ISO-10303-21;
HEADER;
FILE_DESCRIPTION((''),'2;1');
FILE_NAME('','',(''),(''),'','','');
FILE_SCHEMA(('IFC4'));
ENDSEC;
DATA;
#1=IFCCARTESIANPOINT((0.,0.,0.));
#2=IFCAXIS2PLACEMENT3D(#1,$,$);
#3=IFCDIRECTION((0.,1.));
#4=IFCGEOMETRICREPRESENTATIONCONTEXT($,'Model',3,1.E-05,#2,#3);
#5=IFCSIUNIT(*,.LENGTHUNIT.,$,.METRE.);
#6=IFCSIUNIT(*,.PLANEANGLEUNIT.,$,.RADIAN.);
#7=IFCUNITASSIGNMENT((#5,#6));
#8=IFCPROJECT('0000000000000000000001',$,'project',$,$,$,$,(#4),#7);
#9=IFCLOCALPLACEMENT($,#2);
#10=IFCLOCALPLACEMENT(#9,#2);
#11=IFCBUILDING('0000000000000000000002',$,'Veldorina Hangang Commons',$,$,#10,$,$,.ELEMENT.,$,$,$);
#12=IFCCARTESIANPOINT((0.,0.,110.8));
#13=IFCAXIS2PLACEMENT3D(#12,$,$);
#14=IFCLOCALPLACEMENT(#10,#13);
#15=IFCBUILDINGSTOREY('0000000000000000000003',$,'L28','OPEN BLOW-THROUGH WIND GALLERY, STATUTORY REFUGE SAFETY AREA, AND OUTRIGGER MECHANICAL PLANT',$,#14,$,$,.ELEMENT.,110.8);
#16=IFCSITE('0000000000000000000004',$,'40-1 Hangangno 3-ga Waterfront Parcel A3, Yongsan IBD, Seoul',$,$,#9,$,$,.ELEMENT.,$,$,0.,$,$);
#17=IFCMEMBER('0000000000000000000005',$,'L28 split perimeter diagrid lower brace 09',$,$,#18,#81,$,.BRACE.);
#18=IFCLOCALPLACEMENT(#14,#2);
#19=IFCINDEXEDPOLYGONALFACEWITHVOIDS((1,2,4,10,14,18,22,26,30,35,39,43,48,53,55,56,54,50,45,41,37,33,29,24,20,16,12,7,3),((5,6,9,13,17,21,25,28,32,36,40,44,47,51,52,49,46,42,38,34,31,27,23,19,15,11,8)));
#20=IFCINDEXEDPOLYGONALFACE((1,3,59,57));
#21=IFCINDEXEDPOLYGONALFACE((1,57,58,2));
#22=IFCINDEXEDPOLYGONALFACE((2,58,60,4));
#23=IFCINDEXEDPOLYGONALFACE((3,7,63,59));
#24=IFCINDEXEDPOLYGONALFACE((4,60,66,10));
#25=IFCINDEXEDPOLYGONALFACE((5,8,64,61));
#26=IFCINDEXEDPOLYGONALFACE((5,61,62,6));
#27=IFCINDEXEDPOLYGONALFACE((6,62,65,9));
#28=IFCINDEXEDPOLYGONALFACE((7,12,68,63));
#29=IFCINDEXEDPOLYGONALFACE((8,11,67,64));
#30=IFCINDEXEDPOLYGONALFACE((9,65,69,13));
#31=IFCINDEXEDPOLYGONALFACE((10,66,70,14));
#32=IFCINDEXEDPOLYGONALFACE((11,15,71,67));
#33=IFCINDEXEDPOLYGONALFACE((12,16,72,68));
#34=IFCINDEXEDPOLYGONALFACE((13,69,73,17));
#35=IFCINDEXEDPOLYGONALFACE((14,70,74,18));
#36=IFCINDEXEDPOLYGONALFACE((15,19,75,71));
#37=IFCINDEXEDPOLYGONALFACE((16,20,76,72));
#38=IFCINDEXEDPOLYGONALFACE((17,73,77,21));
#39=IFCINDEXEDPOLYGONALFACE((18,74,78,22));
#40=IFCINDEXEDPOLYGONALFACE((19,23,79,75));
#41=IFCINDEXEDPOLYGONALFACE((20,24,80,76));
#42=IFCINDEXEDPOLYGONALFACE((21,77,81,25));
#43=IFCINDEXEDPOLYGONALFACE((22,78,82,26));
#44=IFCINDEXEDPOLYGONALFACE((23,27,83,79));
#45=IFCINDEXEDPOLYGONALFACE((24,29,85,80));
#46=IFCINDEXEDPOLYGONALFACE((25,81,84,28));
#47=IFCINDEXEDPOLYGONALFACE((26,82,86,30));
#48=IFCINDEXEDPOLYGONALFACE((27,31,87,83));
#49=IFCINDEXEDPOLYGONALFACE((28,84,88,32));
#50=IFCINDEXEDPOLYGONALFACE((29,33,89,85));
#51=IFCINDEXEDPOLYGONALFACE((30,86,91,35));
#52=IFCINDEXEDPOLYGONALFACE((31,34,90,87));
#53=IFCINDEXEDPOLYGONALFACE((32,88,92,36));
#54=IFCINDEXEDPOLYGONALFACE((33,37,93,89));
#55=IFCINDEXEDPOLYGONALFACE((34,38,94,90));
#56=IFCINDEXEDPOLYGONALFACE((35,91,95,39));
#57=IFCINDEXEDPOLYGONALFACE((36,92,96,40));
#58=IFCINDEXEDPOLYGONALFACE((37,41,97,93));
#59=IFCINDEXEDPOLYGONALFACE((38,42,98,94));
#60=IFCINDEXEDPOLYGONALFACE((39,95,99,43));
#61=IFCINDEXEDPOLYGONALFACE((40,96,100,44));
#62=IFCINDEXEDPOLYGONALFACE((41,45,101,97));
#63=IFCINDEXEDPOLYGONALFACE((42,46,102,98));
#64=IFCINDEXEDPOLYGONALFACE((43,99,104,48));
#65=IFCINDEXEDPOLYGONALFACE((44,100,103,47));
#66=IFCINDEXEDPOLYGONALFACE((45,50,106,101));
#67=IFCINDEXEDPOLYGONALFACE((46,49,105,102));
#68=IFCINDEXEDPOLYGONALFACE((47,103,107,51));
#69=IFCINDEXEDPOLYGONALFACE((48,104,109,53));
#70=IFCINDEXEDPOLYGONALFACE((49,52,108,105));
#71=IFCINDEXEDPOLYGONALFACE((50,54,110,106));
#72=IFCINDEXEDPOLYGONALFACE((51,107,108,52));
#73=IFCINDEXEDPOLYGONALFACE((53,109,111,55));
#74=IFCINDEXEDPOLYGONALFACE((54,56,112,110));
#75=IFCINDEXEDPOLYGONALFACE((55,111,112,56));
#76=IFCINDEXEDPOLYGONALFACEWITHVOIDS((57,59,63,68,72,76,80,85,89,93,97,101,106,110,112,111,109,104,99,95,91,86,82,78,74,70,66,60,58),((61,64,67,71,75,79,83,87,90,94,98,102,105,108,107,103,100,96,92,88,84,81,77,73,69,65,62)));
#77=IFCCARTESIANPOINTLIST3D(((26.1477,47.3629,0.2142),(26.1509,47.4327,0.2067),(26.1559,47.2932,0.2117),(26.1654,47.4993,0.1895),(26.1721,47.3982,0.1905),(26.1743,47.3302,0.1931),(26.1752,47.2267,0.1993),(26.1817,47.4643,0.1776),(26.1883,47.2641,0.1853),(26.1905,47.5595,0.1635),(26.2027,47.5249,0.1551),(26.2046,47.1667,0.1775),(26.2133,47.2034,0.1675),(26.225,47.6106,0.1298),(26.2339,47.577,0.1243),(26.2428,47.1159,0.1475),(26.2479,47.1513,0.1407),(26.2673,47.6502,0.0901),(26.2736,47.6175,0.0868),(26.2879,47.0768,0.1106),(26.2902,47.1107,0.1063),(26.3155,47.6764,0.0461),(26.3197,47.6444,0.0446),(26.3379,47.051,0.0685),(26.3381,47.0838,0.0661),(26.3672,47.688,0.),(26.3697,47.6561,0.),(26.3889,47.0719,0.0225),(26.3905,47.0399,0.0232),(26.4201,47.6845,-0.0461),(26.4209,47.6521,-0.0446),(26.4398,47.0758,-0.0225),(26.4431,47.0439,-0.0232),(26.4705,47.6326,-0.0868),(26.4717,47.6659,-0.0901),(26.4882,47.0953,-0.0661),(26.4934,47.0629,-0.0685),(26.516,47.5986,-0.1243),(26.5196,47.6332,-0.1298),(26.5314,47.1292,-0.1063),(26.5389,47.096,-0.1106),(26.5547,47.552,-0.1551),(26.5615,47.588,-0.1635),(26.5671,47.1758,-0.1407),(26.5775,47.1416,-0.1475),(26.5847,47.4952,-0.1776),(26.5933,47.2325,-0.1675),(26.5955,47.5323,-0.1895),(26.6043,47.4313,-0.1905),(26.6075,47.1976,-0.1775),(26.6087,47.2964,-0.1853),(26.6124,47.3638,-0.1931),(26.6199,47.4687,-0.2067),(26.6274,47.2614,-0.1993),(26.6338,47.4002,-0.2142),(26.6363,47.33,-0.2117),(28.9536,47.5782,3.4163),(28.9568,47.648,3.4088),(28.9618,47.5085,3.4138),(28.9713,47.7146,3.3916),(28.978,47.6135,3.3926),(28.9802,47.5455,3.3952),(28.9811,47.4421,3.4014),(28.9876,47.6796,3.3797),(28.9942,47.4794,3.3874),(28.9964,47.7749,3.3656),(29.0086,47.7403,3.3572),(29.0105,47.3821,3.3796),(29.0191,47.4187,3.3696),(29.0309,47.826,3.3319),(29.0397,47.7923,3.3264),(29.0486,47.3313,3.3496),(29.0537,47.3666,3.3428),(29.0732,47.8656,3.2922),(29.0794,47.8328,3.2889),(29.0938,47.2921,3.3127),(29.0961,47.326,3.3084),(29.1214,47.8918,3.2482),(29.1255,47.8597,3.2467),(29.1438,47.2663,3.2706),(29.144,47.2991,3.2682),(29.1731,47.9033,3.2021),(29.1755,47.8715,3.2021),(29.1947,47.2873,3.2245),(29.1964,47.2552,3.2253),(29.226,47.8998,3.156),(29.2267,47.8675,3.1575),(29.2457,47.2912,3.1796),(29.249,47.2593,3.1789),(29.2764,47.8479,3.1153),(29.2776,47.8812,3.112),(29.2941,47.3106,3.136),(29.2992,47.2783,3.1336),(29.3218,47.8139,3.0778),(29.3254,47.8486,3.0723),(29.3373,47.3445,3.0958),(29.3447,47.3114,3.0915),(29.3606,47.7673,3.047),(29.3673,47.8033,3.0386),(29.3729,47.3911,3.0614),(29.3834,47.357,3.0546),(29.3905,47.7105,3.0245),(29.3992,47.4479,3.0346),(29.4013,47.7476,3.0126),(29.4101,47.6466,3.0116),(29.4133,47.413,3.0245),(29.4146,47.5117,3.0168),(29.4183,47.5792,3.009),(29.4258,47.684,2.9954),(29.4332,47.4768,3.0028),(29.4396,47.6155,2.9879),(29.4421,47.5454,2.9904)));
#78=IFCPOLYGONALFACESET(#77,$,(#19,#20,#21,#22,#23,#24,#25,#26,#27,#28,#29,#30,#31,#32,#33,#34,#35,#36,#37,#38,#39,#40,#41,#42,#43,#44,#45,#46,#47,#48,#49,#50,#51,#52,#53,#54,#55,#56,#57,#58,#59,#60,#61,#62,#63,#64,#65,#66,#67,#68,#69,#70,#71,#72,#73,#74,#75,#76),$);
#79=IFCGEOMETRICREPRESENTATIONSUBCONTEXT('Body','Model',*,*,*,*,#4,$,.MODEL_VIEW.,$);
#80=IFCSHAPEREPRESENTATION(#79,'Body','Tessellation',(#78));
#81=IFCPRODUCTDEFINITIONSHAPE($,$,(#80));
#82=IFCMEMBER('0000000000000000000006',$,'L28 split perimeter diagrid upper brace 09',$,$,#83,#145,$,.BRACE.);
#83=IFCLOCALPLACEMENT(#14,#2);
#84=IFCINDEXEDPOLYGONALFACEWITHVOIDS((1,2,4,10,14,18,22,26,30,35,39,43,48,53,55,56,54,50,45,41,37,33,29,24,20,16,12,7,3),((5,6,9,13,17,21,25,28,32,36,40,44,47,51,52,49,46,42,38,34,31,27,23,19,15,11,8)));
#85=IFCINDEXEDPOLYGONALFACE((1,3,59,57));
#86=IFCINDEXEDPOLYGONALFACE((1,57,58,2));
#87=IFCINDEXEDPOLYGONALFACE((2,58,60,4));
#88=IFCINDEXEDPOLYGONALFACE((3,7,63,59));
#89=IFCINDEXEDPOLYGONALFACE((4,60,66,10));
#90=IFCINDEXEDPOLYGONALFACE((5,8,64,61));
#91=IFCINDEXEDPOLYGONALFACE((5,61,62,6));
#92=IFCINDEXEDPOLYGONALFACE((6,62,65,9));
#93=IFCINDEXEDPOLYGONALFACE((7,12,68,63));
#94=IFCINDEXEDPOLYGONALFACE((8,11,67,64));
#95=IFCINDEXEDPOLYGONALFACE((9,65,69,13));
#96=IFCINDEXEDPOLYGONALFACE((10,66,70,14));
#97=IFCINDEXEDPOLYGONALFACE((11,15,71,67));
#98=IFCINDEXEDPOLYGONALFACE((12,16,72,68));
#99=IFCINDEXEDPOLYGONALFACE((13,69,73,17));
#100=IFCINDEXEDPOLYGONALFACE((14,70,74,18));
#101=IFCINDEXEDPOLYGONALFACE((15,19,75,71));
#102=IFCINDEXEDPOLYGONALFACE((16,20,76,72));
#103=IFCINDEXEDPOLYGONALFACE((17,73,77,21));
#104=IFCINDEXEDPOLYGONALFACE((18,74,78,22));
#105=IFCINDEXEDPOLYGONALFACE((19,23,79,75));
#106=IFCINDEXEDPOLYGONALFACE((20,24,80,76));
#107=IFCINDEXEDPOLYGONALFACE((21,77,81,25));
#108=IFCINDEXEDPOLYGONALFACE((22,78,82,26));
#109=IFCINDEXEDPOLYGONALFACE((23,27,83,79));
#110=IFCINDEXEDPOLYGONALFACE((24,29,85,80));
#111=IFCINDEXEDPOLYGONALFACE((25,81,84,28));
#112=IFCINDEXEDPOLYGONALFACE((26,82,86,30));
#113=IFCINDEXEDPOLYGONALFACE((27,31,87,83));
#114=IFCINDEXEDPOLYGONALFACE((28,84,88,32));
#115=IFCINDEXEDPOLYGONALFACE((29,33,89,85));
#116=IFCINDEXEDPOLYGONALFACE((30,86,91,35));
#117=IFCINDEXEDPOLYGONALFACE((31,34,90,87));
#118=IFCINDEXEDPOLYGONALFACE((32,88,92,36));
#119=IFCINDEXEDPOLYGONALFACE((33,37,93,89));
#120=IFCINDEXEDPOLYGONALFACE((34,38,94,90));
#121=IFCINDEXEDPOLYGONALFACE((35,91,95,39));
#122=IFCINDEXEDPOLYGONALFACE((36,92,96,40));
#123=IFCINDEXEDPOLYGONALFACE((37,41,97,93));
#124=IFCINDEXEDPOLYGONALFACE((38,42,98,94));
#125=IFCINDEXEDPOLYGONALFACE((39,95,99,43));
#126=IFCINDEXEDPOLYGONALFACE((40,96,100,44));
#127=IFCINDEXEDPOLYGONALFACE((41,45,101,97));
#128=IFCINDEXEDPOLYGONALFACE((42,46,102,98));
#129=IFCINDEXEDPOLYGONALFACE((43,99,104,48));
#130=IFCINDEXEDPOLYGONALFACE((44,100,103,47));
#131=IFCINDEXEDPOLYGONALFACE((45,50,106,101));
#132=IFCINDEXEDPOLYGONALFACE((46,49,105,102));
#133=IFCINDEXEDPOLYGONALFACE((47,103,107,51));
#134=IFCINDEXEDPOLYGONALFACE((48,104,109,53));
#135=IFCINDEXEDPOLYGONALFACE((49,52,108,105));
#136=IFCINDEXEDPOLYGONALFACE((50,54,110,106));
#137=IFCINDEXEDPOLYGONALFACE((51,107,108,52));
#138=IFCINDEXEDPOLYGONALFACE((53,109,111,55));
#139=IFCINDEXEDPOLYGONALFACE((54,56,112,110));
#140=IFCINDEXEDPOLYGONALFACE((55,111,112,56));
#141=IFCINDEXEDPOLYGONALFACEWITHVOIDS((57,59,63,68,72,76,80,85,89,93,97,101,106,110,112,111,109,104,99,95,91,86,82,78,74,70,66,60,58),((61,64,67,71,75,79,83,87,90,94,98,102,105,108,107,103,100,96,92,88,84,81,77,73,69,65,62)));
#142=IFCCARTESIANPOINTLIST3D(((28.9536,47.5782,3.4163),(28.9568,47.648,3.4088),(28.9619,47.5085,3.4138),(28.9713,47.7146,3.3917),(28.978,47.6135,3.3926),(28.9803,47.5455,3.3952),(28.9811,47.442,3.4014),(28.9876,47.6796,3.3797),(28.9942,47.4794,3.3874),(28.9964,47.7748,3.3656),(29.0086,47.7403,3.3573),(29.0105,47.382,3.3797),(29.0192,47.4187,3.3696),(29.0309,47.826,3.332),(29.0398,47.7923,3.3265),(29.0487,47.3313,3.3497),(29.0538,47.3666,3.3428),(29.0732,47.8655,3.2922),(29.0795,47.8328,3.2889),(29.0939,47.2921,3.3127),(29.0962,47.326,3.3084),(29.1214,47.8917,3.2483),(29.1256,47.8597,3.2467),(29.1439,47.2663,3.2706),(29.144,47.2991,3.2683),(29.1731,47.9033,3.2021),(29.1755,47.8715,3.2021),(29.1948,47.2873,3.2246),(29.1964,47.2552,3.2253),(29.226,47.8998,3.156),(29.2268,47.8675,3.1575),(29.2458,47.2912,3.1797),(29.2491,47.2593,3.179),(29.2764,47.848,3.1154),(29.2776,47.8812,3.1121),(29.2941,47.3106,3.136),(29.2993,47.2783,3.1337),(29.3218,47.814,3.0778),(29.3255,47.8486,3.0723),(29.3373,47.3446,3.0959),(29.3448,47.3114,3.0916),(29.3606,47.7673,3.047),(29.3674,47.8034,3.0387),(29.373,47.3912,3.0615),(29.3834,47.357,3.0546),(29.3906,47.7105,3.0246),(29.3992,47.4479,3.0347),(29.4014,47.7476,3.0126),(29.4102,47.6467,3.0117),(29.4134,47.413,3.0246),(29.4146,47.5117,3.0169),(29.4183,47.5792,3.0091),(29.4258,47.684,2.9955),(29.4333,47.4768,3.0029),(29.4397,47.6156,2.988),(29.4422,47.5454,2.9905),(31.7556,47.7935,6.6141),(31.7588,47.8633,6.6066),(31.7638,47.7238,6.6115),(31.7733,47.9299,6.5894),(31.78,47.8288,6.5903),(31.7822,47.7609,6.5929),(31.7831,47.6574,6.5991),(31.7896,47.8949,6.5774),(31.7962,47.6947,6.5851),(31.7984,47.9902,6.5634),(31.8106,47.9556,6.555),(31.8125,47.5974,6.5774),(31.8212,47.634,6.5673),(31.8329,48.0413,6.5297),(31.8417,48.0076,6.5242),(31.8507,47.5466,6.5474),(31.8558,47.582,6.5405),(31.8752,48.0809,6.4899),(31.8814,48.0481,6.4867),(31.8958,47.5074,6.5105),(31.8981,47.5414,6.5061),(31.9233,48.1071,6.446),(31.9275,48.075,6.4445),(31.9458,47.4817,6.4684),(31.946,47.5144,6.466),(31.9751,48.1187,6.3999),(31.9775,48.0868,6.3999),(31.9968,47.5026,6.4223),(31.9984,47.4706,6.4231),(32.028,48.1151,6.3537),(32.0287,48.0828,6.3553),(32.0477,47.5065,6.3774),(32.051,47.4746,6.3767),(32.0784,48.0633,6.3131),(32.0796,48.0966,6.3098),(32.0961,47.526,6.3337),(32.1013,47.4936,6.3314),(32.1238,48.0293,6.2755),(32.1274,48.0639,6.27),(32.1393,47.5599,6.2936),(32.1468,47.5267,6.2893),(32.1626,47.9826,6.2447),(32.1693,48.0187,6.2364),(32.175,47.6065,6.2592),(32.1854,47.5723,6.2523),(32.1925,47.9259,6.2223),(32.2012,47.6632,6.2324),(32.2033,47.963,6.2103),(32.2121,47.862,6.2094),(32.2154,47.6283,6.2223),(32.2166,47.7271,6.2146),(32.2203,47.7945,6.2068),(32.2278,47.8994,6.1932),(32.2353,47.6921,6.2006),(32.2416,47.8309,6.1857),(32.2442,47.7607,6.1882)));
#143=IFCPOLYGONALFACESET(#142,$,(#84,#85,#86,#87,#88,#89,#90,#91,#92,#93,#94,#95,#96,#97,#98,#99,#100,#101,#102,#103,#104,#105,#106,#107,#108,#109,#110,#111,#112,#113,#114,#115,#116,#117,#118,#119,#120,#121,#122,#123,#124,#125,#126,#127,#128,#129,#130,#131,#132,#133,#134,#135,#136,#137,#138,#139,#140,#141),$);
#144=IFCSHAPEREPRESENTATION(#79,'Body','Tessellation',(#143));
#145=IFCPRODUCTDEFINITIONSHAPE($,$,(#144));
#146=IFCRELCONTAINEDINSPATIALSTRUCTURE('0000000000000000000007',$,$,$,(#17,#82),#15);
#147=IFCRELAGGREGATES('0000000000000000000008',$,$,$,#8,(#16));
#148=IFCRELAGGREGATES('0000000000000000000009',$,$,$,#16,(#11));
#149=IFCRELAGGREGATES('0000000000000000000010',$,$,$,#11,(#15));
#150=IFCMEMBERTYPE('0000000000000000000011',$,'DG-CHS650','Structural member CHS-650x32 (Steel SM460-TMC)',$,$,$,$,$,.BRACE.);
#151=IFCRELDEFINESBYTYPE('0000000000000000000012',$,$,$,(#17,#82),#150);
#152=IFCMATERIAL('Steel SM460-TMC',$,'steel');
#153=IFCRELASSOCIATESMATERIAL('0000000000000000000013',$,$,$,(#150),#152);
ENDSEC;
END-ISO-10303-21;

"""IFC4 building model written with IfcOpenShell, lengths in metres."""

from ifc_helpers import new_model, si_unit, direction, frame, origin, origin_2d, place, context, subcontext, project, spatial, hollow_circle, extrude, material, material_profile, profile_set, type_object, element, save


model = new_model("IFC4")

# Units and contexts
model_context = context("Model", 3, precision=1e-05, world=origin(), true_north=direction((0.0, 1.0)))
body_context = subcontext(model_context, "Body", "Model", "MODEL_VIEW")
ifc_project = project(units=[si_unit("LENGTHUNIT", "METRE"), si_unit("PLANEANGLEUNIT", "RADIAN")], contexts=[model_context])

# Site, building, storey
site_placement = place(None, origin())
site = spatial("IfcSite", under=ifc_project, at=site_placement, Name="40-1 Hangangno 3-ga Waterfront Parcel A3, Yongsan IBD, Seoul", CompositionType="ELEMENT", RefElevation=0.0)
building_placement = place(site_placement, origin())
building = spatial("IfcBuilding", under=site, at=building_placement, Name="Veldorina Hangang Commons", CompositionType="ELEMENT")
storey_placement = place(building_placement, frame((0.0, 0.0, 110.8)))
storey = spatial("IfcBuildingStorey", under=building, at=storey_placement, Name="L28", Description="OPEN BLOW-THROUGH WIND GALLERY, STATUTORY REFUGE SAFETY AREA, AND OUTRIGGER MECHANICAL PLANT", CompositionType="ELEMENT", Elevation=110.8)

# Shared definitions
ifc_material_1 = material(Name="Steel SM460-TMC", Category="steel")

# Members
ifc_material_profile_1 = material_profile(ifc_material_1, hollow_circle(Radius=0.325, WallThickness=0.032, at=origin_2d()), Name="CHS-650x32")
ifc_profile_set_1 = profile_set([ifc_material_profile_1], Name="Steel SM460-TMC")
member_type_1 = type_object("IfcMemberType", Name="DG-CHS650", Description="Structural member CHS-650x32 (Steel SM460-TMC)", PredefinedType="BRACE", material=ifc_profile_set_1)
member_1_placement = place(storey_placement, frame((26.3921, 47.364, 0.0), z_axis=(0.658199, 0.050512, 0.751148), x_axis=(-0.076517, 0.997068, 0.0)))
element("IfcMember", 1, at=member_1_placement, inside=storey, type_object=member_type_1, Name="L28 split perimeter diagrid lower brace 09", PredefinedType="BRACE", context=body_context, shape_type="SweptSolid", body=[
    extrude(hollow_circle(Radius=0.325, WallThickness=0.032, at=origin_2d()), origin(), (0.0, 0.0, 1.0), 4.2629),
])
member_2_placement = place(storey_placement, frame((29.198, 47.5793, 3.2021), z_axis=(0.658189, 0.050581, 0.751151), x_axis=(-0.076623, 0.99706, 0.0)))
element("IfcMember", 2, at=member_2_placement, inside=storey, type_object=member_type_1, Name="L28 split perimeter diagrid upper brace 09", PredefinedType="BRACE", context=body_context, shape_type="SweptSolid", body=[
    extrude(hollow_circle(Radius=0.325, WallThickness=0.032, at=origin_2d()), origin(), (0.0, 0.0, 1.0), 4.2571),
])

save(model, "model.ifc")
